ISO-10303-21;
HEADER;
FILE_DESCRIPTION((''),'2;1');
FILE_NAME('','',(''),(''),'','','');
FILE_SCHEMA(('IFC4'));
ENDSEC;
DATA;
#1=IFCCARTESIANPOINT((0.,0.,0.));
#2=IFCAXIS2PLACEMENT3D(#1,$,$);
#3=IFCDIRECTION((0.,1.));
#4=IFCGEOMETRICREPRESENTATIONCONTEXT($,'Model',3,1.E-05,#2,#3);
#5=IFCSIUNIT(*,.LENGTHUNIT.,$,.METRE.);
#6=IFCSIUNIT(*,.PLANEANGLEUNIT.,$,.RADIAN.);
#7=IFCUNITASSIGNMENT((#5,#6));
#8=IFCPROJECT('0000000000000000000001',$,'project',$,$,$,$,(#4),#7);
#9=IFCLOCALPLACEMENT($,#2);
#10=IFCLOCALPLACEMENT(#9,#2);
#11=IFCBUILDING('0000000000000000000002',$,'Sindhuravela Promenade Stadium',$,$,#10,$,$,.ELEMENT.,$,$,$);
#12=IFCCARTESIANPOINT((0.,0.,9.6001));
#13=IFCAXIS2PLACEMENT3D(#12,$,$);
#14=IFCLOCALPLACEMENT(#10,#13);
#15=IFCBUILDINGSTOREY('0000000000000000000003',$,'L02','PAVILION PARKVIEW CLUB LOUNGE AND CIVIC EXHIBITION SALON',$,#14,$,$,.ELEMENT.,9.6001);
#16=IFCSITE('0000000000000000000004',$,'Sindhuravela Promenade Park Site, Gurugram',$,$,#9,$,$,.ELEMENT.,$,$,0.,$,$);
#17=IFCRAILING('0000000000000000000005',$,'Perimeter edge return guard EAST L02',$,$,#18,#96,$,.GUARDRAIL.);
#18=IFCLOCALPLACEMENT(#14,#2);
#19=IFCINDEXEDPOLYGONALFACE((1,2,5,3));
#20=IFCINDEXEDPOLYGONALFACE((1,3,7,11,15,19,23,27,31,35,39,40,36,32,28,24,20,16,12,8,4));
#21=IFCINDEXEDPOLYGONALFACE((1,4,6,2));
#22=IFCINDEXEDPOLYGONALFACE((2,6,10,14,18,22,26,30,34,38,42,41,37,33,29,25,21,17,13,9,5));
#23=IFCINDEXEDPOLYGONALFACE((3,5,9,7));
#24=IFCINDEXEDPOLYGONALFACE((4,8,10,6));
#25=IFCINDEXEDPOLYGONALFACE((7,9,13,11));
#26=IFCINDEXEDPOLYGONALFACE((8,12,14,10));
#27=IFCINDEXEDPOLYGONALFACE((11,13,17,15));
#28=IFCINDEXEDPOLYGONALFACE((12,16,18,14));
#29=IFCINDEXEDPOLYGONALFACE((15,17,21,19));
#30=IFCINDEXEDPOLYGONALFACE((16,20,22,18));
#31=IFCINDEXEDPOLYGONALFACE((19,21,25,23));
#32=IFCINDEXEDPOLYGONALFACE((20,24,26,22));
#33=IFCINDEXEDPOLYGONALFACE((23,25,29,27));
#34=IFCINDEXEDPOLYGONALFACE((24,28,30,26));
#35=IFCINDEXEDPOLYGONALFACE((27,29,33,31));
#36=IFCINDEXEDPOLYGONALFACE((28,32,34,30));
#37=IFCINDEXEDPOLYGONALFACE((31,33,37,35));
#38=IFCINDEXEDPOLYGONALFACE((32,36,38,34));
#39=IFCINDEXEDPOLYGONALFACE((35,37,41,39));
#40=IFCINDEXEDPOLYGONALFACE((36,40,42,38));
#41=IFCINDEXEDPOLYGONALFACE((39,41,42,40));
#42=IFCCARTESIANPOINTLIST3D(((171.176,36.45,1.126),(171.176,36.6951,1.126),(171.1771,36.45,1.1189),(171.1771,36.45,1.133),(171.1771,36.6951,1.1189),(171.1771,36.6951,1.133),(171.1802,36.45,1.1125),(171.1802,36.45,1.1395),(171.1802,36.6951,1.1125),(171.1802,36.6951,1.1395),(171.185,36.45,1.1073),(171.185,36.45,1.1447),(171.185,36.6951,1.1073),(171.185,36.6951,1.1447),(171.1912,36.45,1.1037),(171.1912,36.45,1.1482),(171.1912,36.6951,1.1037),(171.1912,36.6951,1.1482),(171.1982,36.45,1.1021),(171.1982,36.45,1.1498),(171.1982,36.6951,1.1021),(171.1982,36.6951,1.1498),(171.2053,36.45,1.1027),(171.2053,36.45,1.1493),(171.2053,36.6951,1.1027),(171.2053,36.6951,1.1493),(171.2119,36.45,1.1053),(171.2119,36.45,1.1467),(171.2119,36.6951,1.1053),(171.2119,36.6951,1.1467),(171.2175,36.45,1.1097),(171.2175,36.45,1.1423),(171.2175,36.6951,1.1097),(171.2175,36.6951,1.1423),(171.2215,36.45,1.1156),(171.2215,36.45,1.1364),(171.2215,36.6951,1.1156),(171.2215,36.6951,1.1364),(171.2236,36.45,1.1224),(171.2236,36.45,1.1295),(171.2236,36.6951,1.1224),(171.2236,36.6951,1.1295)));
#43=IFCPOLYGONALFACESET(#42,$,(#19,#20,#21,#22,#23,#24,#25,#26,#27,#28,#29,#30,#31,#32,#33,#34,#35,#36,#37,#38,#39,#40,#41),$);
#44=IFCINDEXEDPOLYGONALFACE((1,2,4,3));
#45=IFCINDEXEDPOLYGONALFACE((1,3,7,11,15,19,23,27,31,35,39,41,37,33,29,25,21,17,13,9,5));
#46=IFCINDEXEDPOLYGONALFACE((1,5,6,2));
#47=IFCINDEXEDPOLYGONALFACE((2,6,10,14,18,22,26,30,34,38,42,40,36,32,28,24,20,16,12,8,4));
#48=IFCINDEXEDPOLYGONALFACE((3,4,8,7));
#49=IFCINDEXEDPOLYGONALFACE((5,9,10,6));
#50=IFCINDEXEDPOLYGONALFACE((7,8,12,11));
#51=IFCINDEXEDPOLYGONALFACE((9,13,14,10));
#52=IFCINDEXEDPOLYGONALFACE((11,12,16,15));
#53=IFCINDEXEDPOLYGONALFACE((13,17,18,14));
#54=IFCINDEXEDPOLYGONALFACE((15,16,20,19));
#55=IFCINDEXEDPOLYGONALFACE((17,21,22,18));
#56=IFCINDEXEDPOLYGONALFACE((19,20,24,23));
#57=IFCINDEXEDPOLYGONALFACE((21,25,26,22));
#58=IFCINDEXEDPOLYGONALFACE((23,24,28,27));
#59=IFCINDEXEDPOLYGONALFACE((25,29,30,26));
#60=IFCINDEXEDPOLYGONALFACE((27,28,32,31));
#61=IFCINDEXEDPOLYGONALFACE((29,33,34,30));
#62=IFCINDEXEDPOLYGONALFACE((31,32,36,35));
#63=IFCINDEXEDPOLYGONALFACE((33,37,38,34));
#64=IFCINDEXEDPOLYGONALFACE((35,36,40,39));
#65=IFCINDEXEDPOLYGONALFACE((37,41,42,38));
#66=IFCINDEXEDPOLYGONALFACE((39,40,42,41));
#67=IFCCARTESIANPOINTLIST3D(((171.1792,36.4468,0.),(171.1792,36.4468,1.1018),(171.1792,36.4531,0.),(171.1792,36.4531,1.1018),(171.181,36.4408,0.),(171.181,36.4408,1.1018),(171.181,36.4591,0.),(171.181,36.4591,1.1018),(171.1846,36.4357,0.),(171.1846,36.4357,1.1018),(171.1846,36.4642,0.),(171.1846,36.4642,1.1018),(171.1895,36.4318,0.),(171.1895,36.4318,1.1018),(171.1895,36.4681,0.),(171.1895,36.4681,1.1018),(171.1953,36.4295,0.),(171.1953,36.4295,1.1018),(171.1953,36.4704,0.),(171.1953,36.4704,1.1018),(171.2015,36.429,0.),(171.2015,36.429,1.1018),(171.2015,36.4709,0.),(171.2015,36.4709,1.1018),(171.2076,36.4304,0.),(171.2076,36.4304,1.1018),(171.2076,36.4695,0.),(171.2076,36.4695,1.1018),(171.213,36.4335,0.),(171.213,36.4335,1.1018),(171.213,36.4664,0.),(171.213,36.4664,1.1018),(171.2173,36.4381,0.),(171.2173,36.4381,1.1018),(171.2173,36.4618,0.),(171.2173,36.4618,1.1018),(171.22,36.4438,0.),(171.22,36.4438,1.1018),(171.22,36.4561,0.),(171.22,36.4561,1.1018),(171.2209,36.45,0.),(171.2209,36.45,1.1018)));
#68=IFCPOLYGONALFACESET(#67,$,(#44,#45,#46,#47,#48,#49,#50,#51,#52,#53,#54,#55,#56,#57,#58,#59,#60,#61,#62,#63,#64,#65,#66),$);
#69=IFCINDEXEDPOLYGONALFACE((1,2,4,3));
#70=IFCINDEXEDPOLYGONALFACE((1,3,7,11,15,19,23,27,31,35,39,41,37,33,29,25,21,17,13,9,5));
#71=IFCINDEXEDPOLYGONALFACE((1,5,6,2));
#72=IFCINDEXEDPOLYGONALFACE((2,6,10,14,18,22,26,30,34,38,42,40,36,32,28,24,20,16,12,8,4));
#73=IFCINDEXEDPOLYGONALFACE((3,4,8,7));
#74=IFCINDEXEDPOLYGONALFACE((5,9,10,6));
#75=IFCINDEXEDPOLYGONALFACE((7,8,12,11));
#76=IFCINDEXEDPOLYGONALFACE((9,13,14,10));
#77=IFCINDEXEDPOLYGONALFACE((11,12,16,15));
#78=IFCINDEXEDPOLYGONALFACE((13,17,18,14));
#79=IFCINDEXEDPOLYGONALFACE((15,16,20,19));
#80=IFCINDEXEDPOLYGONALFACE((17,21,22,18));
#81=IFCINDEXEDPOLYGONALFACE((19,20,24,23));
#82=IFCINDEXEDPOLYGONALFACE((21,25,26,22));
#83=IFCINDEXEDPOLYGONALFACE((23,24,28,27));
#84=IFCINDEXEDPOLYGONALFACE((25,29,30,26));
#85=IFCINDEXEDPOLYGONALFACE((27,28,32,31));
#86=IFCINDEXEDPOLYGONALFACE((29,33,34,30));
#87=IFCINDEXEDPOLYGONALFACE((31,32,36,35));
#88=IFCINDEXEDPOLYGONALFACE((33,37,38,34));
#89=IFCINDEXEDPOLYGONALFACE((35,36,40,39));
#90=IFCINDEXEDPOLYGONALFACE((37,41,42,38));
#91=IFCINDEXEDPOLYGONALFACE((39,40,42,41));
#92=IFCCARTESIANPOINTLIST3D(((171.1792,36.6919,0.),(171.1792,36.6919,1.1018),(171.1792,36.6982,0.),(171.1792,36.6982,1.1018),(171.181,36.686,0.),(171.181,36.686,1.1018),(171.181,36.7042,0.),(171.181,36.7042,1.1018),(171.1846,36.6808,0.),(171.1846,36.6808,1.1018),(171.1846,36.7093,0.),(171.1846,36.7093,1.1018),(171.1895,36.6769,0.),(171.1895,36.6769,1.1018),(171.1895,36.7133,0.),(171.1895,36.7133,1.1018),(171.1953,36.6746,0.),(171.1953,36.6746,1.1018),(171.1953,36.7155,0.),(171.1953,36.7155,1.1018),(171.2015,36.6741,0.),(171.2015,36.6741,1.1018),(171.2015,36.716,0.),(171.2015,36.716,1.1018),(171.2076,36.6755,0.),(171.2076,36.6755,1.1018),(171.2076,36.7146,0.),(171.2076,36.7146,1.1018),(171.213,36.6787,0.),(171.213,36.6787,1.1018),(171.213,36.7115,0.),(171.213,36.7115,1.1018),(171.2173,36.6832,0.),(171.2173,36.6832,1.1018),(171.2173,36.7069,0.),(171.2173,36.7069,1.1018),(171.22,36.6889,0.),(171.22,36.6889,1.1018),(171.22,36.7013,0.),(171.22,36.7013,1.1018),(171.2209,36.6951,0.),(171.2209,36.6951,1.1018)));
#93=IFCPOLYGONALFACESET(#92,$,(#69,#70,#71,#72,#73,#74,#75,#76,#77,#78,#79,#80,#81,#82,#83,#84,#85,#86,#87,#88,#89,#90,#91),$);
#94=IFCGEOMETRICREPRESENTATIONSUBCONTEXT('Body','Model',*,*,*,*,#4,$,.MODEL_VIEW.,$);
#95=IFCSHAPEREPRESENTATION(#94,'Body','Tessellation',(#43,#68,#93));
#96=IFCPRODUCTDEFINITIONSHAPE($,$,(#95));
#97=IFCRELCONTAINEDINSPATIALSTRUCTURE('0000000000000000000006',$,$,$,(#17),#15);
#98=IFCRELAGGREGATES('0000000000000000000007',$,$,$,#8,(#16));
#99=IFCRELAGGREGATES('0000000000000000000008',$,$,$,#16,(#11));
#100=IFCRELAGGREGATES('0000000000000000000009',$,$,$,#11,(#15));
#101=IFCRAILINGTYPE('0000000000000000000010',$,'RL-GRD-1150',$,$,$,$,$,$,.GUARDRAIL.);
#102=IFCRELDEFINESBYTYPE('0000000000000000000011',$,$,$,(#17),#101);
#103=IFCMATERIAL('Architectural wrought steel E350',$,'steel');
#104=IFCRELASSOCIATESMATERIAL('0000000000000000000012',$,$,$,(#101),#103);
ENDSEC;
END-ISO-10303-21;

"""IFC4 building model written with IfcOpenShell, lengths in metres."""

from ifc_helpers import new_model, si_unit, direction, frame, origin, origin_2d, place, context, subcontext, project, spatial, circle, extrude, material, type_object, element, save


model = new_model("IFC4")

# Units and contexts
model_context = context("Model", 3, precision=1e-05, world=origin(), true_north=direction((0.0, 1.0)))
body_context = subcontext(model_context, "Body", "Model", "MODEL_VIEW")
ifc_project = project(units=[si_unit("LENGTHUNIT", "METRE"), si_unit("PLANEANGLEUNIT", "RADIAN")], contexts=[model_context])

# Site, building, storey
site_placement = place(None, origin())
site = spatial("IfcSite", under=ifc_project, at=site_placement, Name="Sindhuravela Promenade Park Site, Gurugram", CompositionType="ELEMENT", RefElevation=0.0)
building_placement = place(site_placement, origin())
building = spatial("IfcBuilding", under=site, at=building_placement, Name="Sindhuravela Promenade Stadium", CompositionType="ELEMENT")
storey_placement = place(building_placement, frame((0.0, 0.0, 9.6001)))
storey = spatial("IfcBuildingStorey", under=building, at=storey_placement, Name="L02", Description="PAVILION PARKVIEW CLUB LOUNGE AND CIVIC EXHIBITION SALON", CompositionType="ELEMENT", Elevation=9.6001)

# Shared definitions
ifc_material_1 = material(Name="Architectural wrought steel E350", Category="steel")

# Railing
railing_type = type_object("IfcRailingType", Name="RL-GRD-1150", PredefinedType="GUARDRAIL", material=ifc_material_1)
railing_1_placement = place(storey_placement, frame((171.2, 36.45, 0.0)))
element("IfcRailing", 1, at=railing_1_placement, inside=storey, type_object=railing_type, Name="Perimeter edge return guard EAST L02", PredefinedType="GUARDRAIL", context=body_context, shape_type="SweptSolid", body=[
    extrude(circle(Radius=0.0239, at=origin_2d()), frame((0.0, 0.0, 1.126), z_axis=(0.0, 1.0, 0.0), x_axis=(-1.0, 0.0, 0.0)), (0.0, 0.0, 1.0), 0.2451),
    extrude(circle(Radius=0.021, at=origin_2d()), origin(), (0.0, 0.0, 1.0), 1.1018),
    extrude(circle(Radius=0.021, at=origin_2d()), frame((0.0, 0.2451, 0.0)), (0.0, 0.0, 1.0), 1.1018),
])

save(model, "model.ifc")
